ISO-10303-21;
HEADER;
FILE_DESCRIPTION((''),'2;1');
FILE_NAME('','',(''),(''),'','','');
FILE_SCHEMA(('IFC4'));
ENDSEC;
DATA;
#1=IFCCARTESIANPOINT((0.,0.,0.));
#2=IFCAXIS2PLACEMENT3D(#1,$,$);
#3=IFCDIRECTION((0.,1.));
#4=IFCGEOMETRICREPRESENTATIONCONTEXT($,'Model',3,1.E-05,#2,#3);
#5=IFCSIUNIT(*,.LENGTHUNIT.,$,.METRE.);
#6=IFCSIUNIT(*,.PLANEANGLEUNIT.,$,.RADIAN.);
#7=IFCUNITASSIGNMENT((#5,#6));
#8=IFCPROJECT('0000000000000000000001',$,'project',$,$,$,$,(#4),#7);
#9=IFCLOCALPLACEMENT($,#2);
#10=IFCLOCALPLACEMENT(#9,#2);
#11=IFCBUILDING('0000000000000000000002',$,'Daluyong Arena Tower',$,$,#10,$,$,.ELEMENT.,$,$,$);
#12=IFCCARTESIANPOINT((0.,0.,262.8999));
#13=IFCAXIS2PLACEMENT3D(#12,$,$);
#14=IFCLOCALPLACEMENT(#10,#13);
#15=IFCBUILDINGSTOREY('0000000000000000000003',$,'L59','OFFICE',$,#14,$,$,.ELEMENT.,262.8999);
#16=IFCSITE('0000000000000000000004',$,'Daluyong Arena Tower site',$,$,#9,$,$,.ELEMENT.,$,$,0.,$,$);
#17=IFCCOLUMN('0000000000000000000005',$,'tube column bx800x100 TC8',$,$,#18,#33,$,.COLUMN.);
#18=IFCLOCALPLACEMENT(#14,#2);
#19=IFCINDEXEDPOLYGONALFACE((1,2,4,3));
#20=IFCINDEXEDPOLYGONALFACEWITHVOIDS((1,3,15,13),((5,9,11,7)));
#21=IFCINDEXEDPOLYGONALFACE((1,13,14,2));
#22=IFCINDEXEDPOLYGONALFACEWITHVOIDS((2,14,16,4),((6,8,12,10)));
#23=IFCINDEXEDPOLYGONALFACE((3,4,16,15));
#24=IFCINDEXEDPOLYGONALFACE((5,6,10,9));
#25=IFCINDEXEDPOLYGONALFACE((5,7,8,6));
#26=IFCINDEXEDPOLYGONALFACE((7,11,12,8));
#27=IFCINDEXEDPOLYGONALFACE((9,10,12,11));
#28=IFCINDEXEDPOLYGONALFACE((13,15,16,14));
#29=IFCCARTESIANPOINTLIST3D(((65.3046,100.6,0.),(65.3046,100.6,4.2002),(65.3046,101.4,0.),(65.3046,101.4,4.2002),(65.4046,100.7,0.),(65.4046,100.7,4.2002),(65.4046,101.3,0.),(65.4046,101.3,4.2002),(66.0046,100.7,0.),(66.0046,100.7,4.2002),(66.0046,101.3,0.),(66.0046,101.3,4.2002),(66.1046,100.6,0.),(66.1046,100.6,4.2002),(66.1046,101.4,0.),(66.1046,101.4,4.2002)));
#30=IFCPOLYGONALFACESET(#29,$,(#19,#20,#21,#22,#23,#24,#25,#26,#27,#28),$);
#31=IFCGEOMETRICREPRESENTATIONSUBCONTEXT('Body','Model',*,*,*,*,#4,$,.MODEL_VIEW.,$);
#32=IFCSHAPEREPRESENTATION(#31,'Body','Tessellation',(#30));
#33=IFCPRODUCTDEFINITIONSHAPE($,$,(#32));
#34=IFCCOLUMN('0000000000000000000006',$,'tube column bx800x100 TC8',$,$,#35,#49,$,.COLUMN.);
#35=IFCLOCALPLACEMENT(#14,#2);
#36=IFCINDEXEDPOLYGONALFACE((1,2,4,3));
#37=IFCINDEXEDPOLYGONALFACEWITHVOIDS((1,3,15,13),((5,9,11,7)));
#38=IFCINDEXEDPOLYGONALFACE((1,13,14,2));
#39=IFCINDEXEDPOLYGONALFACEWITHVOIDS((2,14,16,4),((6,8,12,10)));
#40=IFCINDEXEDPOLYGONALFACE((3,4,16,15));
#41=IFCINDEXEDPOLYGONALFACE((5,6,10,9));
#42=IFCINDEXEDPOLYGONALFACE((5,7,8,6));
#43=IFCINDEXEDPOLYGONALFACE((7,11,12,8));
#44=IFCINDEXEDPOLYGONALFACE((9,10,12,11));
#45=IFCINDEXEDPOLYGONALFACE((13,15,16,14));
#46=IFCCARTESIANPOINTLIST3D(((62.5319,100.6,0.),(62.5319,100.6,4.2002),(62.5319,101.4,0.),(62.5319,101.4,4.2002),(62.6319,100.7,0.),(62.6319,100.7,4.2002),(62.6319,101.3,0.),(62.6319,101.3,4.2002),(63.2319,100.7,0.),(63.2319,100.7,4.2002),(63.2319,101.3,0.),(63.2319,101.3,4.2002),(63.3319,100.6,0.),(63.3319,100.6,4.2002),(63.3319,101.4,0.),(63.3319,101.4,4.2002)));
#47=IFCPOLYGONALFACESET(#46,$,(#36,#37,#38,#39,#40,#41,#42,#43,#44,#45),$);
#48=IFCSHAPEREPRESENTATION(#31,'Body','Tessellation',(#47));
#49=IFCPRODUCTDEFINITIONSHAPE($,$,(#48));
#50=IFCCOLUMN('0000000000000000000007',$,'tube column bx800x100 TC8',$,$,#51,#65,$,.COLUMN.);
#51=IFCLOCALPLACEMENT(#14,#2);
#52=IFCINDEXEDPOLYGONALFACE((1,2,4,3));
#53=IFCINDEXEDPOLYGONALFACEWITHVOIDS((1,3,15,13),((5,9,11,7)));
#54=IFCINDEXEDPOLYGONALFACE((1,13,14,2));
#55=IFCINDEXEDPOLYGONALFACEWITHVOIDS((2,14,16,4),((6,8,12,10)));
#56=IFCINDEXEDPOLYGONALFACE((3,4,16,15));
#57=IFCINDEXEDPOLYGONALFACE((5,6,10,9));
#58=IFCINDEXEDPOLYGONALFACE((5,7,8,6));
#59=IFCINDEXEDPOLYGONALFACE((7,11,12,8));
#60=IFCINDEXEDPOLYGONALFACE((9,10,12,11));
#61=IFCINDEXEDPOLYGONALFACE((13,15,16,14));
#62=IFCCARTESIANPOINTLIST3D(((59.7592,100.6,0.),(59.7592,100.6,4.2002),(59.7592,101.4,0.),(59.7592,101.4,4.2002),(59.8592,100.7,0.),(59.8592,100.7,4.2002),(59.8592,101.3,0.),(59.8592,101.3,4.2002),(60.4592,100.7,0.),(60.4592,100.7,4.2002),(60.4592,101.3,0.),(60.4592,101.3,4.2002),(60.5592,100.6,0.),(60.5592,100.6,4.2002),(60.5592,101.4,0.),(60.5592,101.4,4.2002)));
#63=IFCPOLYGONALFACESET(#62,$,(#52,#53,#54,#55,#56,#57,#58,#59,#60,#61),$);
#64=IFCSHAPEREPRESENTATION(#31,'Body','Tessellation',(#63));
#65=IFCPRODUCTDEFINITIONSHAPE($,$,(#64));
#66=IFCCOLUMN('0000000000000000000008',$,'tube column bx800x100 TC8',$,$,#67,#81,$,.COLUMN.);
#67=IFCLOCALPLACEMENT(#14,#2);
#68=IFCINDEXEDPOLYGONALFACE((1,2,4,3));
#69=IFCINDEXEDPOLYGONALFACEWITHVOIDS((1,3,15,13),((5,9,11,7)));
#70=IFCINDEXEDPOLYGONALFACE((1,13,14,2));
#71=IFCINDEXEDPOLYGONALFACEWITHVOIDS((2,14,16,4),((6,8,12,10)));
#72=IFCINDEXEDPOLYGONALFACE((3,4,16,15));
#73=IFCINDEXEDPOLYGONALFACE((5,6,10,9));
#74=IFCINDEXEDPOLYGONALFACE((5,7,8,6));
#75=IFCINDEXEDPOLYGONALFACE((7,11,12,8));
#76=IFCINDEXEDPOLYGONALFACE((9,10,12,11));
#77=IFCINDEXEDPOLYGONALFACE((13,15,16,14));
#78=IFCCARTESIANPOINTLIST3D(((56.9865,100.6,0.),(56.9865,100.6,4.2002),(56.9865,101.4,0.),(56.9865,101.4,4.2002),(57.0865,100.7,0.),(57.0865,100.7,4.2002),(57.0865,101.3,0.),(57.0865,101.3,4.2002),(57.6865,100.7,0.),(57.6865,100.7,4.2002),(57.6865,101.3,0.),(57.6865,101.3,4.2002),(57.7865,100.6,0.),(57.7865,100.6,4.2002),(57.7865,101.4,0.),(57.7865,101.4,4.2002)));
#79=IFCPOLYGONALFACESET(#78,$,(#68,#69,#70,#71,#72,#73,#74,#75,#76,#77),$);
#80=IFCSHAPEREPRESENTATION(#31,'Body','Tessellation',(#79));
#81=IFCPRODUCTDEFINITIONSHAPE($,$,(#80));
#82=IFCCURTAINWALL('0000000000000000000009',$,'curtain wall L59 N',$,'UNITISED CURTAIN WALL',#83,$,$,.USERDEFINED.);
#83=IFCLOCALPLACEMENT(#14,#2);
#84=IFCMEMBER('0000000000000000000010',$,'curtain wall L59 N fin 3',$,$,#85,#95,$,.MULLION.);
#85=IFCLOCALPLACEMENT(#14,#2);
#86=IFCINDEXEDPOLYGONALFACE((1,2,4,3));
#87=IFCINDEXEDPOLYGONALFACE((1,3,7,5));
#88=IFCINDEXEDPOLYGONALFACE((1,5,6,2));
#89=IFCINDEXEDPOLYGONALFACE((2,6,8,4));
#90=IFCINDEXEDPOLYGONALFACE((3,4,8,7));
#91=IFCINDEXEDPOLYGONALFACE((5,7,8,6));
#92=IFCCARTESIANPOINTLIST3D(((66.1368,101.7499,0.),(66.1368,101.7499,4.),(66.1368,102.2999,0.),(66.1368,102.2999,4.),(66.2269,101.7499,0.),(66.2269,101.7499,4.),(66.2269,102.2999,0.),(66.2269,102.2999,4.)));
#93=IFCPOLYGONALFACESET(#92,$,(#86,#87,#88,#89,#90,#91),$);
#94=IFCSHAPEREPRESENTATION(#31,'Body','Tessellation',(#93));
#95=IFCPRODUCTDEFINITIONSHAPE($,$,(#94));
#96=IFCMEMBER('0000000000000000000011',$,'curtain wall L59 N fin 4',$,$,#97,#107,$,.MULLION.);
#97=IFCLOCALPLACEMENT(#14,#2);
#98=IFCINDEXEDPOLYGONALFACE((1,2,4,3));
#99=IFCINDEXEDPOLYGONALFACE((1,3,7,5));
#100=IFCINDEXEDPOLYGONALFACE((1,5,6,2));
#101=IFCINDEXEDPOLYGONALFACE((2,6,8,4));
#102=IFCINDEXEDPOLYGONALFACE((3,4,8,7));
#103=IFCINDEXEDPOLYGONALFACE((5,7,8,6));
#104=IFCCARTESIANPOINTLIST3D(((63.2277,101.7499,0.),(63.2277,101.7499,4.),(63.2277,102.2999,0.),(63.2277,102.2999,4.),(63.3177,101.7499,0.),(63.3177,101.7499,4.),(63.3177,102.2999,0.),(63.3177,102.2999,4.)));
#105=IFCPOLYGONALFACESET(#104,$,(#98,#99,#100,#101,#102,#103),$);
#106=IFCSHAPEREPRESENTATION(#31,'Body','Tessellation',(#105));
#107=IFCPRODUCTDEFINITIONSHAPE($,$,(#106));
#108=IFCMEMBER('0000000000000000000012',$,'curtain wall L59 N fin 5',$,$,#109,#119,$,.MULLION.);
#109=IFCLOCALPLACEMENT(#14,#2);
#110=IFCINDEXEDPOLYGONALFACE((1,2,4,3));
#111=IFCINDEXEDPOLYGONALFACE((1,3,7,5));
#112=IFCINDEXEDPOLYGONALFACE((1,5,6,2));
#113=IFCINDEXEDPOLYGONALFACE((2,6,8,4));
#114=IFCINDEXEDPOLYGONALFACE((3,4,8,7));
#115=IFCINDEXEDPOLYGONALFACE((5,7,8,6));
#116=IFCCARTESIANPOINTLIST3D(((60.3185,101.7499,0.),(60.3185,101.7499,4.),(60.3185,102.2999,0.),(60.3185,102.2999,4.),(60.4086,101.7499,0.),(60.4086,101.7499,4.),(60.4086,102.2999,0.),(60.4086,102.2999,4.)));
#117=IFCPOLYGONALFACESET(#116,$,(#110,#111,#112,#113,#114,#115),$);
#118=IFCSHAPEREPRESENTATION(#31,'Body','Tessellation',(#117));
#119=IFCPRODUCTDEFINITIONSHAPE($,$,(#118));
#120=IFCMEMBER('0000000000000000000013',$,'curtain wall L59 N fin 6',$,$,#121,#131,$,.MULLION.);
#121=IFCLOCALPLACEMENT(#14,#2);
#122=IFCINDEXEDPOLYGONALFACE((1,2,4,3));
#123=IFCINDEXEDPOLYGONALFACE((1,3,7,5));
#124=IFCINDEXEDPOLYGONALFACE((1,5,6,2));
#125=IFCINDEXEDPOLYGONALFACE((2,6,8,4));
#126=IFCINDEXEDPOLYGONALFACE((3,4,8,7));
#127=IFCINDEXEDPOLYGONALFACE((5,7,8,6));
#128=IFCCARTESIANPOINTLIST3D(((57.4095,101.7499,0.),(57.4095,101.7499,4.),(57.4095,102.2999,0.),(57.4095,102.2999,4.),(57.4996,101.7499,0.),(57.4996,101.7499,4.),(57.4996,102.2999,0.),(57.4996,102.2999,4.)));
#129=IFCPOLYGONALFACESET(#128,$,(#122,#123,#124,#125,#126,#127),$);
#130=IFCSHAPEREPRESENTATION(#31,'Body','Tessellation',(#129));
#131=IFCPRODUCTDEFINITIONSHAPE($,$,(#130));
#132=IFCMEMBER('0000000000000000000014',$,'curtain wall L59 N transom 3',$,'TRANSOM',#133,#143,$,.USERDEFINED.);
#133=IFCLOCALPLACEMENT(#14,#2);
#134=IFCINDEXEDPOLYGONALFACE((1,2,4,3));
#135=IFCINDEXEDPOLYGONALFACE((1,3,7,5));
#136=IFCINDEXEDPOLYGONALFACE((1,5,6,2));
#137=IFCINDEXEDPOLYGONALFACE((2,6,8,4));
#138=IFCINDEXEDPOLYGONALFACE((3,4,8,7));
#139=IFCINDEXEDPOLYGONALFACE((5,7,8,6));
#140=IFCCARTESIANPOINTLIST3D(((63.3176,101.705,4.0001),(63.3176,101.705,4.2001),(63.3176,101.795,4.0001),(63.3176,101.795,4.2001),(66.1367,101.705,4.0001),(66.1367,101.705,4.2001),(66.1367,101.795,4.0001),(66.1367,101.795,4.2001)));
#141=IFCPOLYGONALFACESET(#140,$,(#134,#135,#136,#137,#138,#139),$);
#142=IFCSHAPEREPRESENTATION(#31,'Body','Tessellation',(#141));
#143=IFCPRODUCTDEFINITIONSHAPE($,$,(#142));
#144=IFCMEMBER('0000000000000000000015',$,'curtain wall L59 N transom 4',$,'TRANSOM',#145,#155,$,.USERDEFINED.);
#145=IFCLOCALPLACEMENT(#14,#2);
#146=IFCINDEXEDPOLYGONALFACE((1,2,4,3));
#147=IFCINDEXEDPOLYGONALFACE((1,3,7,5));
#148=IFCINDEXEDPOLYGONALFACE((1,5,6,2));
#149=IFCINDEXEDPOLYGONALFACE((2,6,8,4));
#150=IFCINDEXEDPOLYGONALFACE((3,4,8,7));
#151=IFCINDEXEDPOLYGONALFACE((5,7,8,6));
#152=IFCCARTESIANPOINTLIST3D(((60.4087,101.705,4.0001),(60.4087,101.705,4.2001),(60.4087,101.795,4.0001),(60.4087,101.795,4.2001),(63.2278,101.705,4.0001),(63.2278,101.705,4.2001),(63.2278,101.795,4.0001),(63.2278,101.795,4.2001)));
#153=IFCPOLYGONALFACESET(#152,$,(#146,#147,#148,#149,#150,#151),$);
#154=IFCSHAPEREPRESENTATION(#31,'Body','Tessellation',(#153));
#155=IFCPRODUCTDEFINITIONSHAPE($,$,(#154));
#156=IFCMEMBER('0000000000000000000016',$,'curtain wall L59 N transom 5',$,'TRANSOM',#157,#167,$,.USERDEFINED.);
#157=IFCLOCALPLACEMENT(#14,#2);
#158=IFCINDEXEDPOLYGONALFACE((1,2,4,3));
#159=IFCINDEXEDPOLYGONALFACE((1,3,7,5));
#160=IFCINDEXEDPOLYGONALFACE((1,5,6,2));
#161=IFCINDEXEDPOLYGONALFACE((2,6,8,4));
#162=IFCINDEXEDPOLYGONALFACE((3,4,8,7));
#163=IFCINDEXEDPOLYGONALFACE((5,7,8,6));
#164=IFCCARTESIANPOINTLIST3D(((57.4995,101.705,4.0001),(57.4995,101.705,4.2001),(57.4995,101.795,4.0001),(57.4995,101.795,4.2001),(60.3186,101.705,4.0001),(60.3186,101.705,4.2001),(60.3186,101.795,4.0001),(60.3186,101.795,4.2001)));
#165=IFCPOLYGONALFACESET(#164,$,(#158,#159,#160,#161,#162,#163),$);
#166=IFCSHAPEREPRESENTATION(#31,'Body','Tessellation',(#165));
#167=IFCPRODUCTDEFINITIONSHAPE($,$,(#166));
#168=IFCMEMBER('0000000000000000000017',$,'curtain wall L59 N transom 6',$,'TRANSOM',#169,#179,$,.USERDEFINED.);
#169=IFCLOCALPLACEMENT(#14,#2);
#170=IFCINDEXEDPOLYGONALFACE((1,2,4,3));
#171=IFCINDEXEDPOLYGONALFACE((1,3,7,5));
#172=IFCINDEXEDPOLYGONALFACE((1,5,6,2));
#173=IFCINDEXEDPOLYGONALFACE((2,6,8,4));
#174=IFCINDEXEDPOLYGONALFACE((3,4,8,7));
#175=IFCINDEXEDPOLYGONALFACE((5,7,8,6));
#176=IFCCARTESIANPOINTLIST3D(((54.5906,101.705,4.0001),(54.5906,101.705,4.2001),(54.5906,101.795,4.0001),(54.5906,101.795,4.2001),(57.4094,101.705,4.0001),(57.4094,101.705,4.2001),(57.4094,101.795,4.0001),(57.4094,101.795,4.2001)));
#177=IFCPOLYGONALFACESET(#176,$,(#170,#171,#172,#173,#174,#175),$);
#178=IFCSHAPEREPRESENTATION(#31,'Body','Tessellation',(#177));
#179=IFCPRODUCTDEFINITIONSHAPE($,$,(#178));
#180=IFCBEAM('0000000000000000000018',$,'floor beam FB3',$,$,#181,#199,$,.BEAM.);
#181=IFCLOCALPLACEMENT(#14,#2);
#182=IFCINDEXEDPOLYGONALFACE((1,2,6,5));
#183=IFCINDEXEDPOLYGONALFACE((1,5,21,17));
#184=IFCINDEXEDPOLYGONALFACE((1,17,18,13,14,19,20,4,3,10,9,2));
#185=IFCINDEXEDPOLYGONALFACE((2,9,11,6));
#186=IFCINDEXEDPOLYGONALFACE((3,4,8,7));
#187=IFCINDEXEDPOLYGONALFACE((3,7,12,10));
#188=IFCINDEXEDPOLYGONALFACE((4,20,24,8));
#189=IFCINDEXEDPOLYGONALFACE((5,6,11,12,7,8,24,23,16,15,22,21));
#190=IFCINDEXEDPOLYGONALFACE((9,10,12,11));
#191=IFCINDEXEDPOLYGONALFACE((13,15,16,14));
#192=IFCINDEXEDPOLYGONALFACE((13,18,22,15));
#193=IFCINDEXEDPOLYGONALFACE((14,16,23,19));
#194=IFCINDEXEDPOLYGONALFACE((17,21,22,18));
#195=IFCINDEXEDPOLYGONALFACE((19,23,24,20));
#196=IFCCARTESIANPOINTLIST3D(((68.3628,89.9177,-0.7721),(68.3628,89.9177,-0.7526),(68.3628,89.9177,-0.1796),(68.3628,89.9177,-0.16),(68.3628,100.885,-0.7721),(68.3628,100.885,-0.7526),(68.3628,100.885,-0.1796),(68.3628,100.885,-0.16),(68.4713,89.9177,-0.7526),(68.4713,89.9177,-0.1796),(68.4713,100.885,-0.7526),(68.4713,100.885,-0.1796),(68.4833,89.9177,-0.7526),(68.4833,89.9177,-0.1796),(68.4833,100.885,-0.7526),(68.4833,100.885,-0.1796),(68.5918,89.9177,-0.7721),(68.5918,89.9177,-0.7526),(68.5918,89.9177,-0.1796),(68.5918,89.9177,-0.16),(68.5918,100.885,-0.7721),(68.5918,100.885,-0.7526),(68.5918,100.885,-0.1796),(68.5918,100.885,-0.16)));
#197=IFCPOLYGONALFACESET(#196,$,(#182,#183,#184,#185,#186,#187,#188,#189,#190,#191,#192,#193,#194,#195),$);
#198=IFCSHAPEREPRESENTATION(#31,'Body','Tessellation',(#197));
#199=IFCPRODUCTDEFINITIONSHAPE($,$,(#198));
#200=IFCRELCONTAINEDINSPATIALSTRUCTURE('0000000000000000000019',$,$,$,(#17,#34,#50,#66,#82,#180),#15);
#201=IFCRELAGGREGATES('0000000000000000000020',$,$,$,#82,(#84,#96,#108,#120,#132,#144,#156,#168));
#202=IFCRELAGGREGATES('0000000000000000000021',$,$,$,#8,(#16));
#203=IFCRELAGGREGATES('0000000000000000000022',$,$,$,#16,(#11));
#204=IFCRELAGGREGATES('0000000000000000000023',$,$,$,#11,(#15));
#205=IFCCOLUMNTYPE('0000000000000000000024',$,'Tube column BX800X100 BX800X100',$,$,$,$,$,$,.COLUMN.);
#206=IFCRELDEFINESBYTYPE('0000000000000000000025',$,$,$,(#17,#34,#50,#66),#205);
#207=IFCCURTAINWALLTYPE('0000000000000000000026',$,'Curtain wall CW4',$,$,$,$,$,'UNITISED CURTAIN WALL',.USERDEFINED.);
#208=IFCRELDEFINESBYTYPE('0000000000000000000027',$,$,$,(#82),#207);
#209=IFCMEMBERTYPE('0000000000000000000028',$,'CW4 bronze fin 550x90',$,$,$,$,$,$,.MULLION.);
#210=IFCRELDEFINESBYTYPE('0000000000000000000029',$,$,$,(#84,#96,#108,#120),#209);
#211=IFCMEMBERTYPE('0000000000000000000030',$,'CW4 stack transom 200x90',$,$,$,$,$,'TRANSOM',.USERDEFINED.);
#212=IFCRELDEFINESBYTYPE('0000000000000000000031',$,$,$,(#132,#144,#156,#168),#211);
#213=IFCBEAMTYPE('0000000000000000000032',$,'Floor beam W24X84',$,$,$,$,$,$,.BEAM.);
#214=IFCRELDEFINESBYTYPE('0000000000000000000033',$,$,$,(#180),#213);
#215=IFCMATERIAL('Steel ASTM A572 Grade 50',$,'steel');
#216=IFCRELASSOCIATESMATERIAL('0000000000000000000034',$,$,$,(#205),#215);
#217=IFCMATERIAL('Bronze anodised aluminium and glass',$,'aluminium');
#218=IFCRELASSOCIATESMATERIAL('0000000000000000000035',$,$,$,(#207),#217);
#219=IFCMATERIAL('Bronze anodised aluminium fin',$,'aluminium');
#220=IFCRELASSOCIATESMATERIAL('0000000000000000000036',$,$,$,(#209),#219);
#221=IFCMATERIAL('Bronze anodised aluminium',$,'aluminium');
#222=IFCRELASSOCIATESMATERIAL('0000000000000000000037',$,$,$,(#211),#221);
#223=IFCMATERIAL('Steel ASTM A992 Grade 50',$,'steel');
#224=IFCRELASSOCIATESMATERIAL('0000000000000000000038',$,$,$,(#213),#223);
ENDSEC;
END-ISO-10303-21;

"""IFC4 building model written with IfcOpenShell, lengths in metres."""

from ifc_helpers import new_model, si_unit, direction, frame, origin, origin_2d, place, context, subcontext, project, spatial, rectangle, hollow_rectangle, i_section, extrude, material, material_profile, profile_set, type_object, element, aggregate, save


model = new_model("IFC4")

# Units and contexts
model_context = context("Model", 3, precision=1e-05, world=origin(), true_north=direction((0.0, 1.0)))
body_context = subcontext(model_context, "Body", "Model", "MODEL_VIEW")
ifc_project = project(units=[si_unit("LENGTHUNIT", "METRE"), si_unit("PLANEANGLEUNIT", "RADIAN")], contexts=[model_context])

# Site, building, storey
site_placement = place(None, origin())
site = spatial("IfcSite", under=ifc_project, at=site_placement, Name="Daluyong Arena Tower site", CompositionType="ELEMENT", RefElevation=0.0)
building_placement = place(site_placement, origin())
building = spatial("IfcBuilding", under=site, at=building_placement, Name="Daluyong Arena Tower", CompositionType="ELEMENT")
storey_placement = place(building_placement, frame((0.0, 0.0, 262.8999)))
storey = spatial("IfcBuildingStorey", under=building, at=storey_placement, Name="L59", Description="OFFICE", CompositionType="ELEMENT", Elevation=262.8999)

# Columns
ifc_material_1 = material(Name="Steel ASTM A572 Grade 50", Category="steel")
ifc_material_profile_1 = material_profile(ifc_material_1, hollow_rectangle(XDim=0.8, YDim=0.8, WallThickness=0.1, at=origin_2d()))
ifc_profile_set_1 = profile_set([ifc_material_profile_1], Name="Steel ASTM A572 Grade 50")
column_type = type_object("IfcColumnType", Name="Tube column BX800X100 BX800X100", PredefinedType="COLUMN", material=ifc_profile_set_1)
for number, where, z_axis, x_axis, name in (
    (1, (65.7046, 101.0, 0.0), (0.0, 0.0, 1.0), (1.0, 0.0, 0.0), "tube column bx800x100 TC8"),
    (2, (62.9319, 101.0, 0.0), (0.0, 0.0, 1.0), (1.0, 0.0, 0.0), "tube column bx800x100 TC8"),
    (3, (60.1592, 101.0, 0.0), (0.0, 0.0, 1.0), (1.0, 0.0, 0.0), "tube column bx800x100 TC8"),
    (4, (57.3865, 101.0, 0.0), (0.0, 0.0, 1.0), (1.0, 0.0, 0.0), "tube column bx800x100 TC8"),
):
    element("IfcColumn", number, at=place(storey_placement, frame(where, z_axis=z_axis, x_axis=x_axis)), inside=storey, type_object=column_type, Name=name, PredefinedType="COLUMN", context=body_context, shape_type="SweptSolid", body=[
        extrude(hollow_rectangle(XDim=0.8, YDim=0.8, WallThickness=0.1, at=origin_2d()), origin(), (0.0, 0.0, 1.0), 4.2002),
    ])

# Curtain wall, members
ifc_material_2 = material(Name="Bronze anodised aluminium and glass", Category="aluminium")
curtain_wall_type = type_object("IfcCurtainWallType", Name="Curtain wall CW4", ElementType="UNITISED CURTAIN WALL", PredefinedType="USERDEFINED", material=ifc_material_2)
curtain_wall_placement = place(storey_placement, origin())
curtain_wall = element("IfcCurtainWall", 5, at=curtain_wall_placement, inside=storey, type_object=curtain_wall_type, Name="curtain wall L59 N", ObjectType="UNITISED CURTAIN WALL", PredefinedType="USERDEFINED")
ifc_material_3 = material(Name="Bronze anodised aluminium fin", Category="aluminium")
ifc_material_profile_2 = material_profile(ifc_material_3, rectangle(XDim=0.55, YDim=0.0901, at=origin_2d()))
ifc_profile_set_2 = profile_set([ifc_material_profile_2], Name="Bronze anodised aluminium fin")
member_type_1 = type_object("IfcMemberType", Name="CW4 bronze fin 550x90", PredefinedType="MULLION", material=ifc_profile_set_2)
member_1_placement = place(storey_placement, frame((66.1819, 102.0249, 0.0), z_axis=(0.0, 0.0, 1.0), x_axis=(0.0, -1.0, 0.0)))
member_1 = element("IfcMember", 6, at=member_1_placement, type_object=member_type_1, Name="curtain wall L59 N fin 3", PredefinedType="MULLION", context=body_context, shape_type="SweptSolid", body=[
    extrude(rectangle(XDim=0.55, YDim=0.0901, at=origin_2d()), origin(), (0.0, 0.0, 1.0), 4.0),
])
member_2_placement = place(storey_placement, frame((63.2727, 102.0249, 0.0), z_axis=(0.0, 0.0, 1.0), x_axis=(0.0, -1.0, 0.0)))
member_2 = element("IfcMember", 7, at=member_2_placement, type_object=member_type_1, Name="curtain wall L59 N fin 4", PredefinedType="MULLION", context=body_context, shape_type="SweptSolid", body=[
    extrude(rectangle(XDim=0.55, YDim=0.0901, at=origin_2d()), origin(), (0.0, 0.0, 1.0), 4.0),
])
member_3_placement = place(storey_placement, frame((60.3635, 102.0249, 0.0), z_axis=(0.0, 0.0, 1.0), x_axis=(0.0, -1.0, 0.0)))
member_3 = element("IfcMember", 8, at=member_3_placement, type_object=member_type_1, Name="curtain wall L59 N fin 5", PredefinedType="MULLION", context=body_context, shape_type="SweptSolid", body=[
    extrude(rectangle(XDim=0.55, YDim=0.0901, at=origin_2d()), origin(), (0.0, 0.0, 1.0), 4.0),
])
member_4_placement = place(storey_placement, frame((57.4546, 102.0249, 0.0), z_axis=(0.0, 0.0, 1.0), x_axis=(0.0, -1.0, 0.0)))
member_4 = element("IfcMember", 9, at=member_4_placement, type_object=member_type_1, Name="curtain wall L59 N fin 6", PredefinedType="MULLION", context=body_context, shape_type="SweptSolid", body=[
    extrude(rectangle(XDim=0.55, YDim=0.0901, at=origin_2d()), origin(), (0.0, 0.0, 1.0), 4.0),
])
ifc_material_4 = material(Name="Bronze anodised aluminium", Category="aluminium")
ifc_material_profile_3 = material_profile(ifc_material_4, rectangle(XDim=0.0901, YDim=0.2, at=origin_2d()))
ifc_profile_set_3 = profile_set([ifc_material_profile_3], Name="Bronze anodised aluminium")
member_type_2 = type_object("IfcMemberType", Name="CW4 stack transom 200x90", ElementType="TRANSOM", PredefinedType="USERDEFINED", material=ifc_profile_set_3)
member_5_placement = place(storey_placement, frame((66.1367, 101.75, 4.1001), z_axis=(-1.0, 0.0, 0.0), x_axis=(0.0, -1.0, 0.0)))
member_5 = element("IfcMember", 10, at=member_5_placement, type_object=member_type_2, Name="curtain wall L59 N transom 3", ObjectType="TRANSOM", PredefinedType="USERDEFINED", context=body_context, shape_type="SweptSolid", body=[
    extrude(rectangle(XDim=0.0901, YDim=0.2, at=origin_2d()), origin(), (0.0, 0.0, 1.0), 2.8191),
])
member_6_placement = place(storey_placement, frame((63.2278, 101.75, 4.1001), z_axis=(-1.0, 0.0, 0.0), x_axis=(0.0, -1.0, 0.0)))
member_6 = element("IfcMember", 11, at=member_6_placement, type_object=member_type_2, Name="curtain wall L59 N transom 4", ObjectType="TRANSOM", PredefinedType="USERDEFINED", context=body_context, shape_type="SweptSolid", body=[
    extrude(rectangle(XDim=0.0901, YDim=0.2, at=origin_2d()), origin(), (0.0, 0.0, 1.0), 2.8191),
])
member_7_placement = place(storey_placement, frame((60.3186, 101.75, 4.1001), z_axis=(-1.0, 0.0, 0.0), x_axis=(0.0, -1.0, 0.0)))
member_7 = element("IfcMember", 12, at=member_7_placement, type_object=member_type_2, Name="curtain wall L59 N transom 5", ObjectType="TRANSOM", PredefinedType="USERDEFINED", context=body_context, shape_type="SweptSolid", body=[
    extrude(rectangle(XDim=0.0901, YDim=0.2, at=origin_2d()), origin(), (0.0, 0.0, 1.0), 2.8191),
])
member_8_placement = place(storey_placement, frame((57.4094, 101.75, 4.1001), z_axis=(-1.0, 0.0, 0.0), x_axis=(0.0, -1.0, 0.0)))
member_8 = element("IfcMember", 13, at=member_8_placement, type_object=member_type_2, Name="curtain wall L59 N transom 6", ObjectType="TRANSOM", PredefinedType="USERDEFINED", context=body_context, shape_type="SweptSolid", body=[
    extrude(rectangle(XDim=0.0901, YDim=0.2, at=origin_2d()), origin(), (0.0, 0.0, 1.0), 2.8188),
])

# Beam
ifc_material_5 = material(Name="Steel ASTM A992 Grade 50", Category="steel")
ifc_material_profile_4 = material_profile(ifc_material_5, i_section(OverallWidth=0.229, OverallDepth=0.6121, WebThickness=0.012, FlangeThickness=0.0195, at=origin_2d()))
ifc_profile_set_4 = profile_set([ifc_material_profile_4], Name="Steel ASTM A992 Grade 50")
beam_type_1 = type_object("IfcBeamType", Name="Floor beam W24X84", PredefinedType="BEAM", material=ifc_profile_set_4)
beam_1_placement = place(storey_placement, frame((68.4773, 100.885, -0.4661), z_axis=(0.0, -1.0, 0.0), x_axis=(1.0, 0.0, 0.0)))
element("IfcBeam", 14, at=beam_1_placement, inside=storey, type_object=beam_type_1, Name="floor beam FB3", PredefinedType="BEAM", context=body_context, shape_type="SweptSolid", body=[
    extrude(i_section(OverallWidth=0.229, OverallDepth=0.6121, WebThickness=0.012, FlangeThickness=0.0195, at=origin_2d()), origin(), (0.0, 0.0, 1.0), 10.9673),
])

aggregate(curtain_wall, [member_1, member_2, member_3, member_4, member_5, member_6, member_7, member_8])

save(model, "model.ifc")
